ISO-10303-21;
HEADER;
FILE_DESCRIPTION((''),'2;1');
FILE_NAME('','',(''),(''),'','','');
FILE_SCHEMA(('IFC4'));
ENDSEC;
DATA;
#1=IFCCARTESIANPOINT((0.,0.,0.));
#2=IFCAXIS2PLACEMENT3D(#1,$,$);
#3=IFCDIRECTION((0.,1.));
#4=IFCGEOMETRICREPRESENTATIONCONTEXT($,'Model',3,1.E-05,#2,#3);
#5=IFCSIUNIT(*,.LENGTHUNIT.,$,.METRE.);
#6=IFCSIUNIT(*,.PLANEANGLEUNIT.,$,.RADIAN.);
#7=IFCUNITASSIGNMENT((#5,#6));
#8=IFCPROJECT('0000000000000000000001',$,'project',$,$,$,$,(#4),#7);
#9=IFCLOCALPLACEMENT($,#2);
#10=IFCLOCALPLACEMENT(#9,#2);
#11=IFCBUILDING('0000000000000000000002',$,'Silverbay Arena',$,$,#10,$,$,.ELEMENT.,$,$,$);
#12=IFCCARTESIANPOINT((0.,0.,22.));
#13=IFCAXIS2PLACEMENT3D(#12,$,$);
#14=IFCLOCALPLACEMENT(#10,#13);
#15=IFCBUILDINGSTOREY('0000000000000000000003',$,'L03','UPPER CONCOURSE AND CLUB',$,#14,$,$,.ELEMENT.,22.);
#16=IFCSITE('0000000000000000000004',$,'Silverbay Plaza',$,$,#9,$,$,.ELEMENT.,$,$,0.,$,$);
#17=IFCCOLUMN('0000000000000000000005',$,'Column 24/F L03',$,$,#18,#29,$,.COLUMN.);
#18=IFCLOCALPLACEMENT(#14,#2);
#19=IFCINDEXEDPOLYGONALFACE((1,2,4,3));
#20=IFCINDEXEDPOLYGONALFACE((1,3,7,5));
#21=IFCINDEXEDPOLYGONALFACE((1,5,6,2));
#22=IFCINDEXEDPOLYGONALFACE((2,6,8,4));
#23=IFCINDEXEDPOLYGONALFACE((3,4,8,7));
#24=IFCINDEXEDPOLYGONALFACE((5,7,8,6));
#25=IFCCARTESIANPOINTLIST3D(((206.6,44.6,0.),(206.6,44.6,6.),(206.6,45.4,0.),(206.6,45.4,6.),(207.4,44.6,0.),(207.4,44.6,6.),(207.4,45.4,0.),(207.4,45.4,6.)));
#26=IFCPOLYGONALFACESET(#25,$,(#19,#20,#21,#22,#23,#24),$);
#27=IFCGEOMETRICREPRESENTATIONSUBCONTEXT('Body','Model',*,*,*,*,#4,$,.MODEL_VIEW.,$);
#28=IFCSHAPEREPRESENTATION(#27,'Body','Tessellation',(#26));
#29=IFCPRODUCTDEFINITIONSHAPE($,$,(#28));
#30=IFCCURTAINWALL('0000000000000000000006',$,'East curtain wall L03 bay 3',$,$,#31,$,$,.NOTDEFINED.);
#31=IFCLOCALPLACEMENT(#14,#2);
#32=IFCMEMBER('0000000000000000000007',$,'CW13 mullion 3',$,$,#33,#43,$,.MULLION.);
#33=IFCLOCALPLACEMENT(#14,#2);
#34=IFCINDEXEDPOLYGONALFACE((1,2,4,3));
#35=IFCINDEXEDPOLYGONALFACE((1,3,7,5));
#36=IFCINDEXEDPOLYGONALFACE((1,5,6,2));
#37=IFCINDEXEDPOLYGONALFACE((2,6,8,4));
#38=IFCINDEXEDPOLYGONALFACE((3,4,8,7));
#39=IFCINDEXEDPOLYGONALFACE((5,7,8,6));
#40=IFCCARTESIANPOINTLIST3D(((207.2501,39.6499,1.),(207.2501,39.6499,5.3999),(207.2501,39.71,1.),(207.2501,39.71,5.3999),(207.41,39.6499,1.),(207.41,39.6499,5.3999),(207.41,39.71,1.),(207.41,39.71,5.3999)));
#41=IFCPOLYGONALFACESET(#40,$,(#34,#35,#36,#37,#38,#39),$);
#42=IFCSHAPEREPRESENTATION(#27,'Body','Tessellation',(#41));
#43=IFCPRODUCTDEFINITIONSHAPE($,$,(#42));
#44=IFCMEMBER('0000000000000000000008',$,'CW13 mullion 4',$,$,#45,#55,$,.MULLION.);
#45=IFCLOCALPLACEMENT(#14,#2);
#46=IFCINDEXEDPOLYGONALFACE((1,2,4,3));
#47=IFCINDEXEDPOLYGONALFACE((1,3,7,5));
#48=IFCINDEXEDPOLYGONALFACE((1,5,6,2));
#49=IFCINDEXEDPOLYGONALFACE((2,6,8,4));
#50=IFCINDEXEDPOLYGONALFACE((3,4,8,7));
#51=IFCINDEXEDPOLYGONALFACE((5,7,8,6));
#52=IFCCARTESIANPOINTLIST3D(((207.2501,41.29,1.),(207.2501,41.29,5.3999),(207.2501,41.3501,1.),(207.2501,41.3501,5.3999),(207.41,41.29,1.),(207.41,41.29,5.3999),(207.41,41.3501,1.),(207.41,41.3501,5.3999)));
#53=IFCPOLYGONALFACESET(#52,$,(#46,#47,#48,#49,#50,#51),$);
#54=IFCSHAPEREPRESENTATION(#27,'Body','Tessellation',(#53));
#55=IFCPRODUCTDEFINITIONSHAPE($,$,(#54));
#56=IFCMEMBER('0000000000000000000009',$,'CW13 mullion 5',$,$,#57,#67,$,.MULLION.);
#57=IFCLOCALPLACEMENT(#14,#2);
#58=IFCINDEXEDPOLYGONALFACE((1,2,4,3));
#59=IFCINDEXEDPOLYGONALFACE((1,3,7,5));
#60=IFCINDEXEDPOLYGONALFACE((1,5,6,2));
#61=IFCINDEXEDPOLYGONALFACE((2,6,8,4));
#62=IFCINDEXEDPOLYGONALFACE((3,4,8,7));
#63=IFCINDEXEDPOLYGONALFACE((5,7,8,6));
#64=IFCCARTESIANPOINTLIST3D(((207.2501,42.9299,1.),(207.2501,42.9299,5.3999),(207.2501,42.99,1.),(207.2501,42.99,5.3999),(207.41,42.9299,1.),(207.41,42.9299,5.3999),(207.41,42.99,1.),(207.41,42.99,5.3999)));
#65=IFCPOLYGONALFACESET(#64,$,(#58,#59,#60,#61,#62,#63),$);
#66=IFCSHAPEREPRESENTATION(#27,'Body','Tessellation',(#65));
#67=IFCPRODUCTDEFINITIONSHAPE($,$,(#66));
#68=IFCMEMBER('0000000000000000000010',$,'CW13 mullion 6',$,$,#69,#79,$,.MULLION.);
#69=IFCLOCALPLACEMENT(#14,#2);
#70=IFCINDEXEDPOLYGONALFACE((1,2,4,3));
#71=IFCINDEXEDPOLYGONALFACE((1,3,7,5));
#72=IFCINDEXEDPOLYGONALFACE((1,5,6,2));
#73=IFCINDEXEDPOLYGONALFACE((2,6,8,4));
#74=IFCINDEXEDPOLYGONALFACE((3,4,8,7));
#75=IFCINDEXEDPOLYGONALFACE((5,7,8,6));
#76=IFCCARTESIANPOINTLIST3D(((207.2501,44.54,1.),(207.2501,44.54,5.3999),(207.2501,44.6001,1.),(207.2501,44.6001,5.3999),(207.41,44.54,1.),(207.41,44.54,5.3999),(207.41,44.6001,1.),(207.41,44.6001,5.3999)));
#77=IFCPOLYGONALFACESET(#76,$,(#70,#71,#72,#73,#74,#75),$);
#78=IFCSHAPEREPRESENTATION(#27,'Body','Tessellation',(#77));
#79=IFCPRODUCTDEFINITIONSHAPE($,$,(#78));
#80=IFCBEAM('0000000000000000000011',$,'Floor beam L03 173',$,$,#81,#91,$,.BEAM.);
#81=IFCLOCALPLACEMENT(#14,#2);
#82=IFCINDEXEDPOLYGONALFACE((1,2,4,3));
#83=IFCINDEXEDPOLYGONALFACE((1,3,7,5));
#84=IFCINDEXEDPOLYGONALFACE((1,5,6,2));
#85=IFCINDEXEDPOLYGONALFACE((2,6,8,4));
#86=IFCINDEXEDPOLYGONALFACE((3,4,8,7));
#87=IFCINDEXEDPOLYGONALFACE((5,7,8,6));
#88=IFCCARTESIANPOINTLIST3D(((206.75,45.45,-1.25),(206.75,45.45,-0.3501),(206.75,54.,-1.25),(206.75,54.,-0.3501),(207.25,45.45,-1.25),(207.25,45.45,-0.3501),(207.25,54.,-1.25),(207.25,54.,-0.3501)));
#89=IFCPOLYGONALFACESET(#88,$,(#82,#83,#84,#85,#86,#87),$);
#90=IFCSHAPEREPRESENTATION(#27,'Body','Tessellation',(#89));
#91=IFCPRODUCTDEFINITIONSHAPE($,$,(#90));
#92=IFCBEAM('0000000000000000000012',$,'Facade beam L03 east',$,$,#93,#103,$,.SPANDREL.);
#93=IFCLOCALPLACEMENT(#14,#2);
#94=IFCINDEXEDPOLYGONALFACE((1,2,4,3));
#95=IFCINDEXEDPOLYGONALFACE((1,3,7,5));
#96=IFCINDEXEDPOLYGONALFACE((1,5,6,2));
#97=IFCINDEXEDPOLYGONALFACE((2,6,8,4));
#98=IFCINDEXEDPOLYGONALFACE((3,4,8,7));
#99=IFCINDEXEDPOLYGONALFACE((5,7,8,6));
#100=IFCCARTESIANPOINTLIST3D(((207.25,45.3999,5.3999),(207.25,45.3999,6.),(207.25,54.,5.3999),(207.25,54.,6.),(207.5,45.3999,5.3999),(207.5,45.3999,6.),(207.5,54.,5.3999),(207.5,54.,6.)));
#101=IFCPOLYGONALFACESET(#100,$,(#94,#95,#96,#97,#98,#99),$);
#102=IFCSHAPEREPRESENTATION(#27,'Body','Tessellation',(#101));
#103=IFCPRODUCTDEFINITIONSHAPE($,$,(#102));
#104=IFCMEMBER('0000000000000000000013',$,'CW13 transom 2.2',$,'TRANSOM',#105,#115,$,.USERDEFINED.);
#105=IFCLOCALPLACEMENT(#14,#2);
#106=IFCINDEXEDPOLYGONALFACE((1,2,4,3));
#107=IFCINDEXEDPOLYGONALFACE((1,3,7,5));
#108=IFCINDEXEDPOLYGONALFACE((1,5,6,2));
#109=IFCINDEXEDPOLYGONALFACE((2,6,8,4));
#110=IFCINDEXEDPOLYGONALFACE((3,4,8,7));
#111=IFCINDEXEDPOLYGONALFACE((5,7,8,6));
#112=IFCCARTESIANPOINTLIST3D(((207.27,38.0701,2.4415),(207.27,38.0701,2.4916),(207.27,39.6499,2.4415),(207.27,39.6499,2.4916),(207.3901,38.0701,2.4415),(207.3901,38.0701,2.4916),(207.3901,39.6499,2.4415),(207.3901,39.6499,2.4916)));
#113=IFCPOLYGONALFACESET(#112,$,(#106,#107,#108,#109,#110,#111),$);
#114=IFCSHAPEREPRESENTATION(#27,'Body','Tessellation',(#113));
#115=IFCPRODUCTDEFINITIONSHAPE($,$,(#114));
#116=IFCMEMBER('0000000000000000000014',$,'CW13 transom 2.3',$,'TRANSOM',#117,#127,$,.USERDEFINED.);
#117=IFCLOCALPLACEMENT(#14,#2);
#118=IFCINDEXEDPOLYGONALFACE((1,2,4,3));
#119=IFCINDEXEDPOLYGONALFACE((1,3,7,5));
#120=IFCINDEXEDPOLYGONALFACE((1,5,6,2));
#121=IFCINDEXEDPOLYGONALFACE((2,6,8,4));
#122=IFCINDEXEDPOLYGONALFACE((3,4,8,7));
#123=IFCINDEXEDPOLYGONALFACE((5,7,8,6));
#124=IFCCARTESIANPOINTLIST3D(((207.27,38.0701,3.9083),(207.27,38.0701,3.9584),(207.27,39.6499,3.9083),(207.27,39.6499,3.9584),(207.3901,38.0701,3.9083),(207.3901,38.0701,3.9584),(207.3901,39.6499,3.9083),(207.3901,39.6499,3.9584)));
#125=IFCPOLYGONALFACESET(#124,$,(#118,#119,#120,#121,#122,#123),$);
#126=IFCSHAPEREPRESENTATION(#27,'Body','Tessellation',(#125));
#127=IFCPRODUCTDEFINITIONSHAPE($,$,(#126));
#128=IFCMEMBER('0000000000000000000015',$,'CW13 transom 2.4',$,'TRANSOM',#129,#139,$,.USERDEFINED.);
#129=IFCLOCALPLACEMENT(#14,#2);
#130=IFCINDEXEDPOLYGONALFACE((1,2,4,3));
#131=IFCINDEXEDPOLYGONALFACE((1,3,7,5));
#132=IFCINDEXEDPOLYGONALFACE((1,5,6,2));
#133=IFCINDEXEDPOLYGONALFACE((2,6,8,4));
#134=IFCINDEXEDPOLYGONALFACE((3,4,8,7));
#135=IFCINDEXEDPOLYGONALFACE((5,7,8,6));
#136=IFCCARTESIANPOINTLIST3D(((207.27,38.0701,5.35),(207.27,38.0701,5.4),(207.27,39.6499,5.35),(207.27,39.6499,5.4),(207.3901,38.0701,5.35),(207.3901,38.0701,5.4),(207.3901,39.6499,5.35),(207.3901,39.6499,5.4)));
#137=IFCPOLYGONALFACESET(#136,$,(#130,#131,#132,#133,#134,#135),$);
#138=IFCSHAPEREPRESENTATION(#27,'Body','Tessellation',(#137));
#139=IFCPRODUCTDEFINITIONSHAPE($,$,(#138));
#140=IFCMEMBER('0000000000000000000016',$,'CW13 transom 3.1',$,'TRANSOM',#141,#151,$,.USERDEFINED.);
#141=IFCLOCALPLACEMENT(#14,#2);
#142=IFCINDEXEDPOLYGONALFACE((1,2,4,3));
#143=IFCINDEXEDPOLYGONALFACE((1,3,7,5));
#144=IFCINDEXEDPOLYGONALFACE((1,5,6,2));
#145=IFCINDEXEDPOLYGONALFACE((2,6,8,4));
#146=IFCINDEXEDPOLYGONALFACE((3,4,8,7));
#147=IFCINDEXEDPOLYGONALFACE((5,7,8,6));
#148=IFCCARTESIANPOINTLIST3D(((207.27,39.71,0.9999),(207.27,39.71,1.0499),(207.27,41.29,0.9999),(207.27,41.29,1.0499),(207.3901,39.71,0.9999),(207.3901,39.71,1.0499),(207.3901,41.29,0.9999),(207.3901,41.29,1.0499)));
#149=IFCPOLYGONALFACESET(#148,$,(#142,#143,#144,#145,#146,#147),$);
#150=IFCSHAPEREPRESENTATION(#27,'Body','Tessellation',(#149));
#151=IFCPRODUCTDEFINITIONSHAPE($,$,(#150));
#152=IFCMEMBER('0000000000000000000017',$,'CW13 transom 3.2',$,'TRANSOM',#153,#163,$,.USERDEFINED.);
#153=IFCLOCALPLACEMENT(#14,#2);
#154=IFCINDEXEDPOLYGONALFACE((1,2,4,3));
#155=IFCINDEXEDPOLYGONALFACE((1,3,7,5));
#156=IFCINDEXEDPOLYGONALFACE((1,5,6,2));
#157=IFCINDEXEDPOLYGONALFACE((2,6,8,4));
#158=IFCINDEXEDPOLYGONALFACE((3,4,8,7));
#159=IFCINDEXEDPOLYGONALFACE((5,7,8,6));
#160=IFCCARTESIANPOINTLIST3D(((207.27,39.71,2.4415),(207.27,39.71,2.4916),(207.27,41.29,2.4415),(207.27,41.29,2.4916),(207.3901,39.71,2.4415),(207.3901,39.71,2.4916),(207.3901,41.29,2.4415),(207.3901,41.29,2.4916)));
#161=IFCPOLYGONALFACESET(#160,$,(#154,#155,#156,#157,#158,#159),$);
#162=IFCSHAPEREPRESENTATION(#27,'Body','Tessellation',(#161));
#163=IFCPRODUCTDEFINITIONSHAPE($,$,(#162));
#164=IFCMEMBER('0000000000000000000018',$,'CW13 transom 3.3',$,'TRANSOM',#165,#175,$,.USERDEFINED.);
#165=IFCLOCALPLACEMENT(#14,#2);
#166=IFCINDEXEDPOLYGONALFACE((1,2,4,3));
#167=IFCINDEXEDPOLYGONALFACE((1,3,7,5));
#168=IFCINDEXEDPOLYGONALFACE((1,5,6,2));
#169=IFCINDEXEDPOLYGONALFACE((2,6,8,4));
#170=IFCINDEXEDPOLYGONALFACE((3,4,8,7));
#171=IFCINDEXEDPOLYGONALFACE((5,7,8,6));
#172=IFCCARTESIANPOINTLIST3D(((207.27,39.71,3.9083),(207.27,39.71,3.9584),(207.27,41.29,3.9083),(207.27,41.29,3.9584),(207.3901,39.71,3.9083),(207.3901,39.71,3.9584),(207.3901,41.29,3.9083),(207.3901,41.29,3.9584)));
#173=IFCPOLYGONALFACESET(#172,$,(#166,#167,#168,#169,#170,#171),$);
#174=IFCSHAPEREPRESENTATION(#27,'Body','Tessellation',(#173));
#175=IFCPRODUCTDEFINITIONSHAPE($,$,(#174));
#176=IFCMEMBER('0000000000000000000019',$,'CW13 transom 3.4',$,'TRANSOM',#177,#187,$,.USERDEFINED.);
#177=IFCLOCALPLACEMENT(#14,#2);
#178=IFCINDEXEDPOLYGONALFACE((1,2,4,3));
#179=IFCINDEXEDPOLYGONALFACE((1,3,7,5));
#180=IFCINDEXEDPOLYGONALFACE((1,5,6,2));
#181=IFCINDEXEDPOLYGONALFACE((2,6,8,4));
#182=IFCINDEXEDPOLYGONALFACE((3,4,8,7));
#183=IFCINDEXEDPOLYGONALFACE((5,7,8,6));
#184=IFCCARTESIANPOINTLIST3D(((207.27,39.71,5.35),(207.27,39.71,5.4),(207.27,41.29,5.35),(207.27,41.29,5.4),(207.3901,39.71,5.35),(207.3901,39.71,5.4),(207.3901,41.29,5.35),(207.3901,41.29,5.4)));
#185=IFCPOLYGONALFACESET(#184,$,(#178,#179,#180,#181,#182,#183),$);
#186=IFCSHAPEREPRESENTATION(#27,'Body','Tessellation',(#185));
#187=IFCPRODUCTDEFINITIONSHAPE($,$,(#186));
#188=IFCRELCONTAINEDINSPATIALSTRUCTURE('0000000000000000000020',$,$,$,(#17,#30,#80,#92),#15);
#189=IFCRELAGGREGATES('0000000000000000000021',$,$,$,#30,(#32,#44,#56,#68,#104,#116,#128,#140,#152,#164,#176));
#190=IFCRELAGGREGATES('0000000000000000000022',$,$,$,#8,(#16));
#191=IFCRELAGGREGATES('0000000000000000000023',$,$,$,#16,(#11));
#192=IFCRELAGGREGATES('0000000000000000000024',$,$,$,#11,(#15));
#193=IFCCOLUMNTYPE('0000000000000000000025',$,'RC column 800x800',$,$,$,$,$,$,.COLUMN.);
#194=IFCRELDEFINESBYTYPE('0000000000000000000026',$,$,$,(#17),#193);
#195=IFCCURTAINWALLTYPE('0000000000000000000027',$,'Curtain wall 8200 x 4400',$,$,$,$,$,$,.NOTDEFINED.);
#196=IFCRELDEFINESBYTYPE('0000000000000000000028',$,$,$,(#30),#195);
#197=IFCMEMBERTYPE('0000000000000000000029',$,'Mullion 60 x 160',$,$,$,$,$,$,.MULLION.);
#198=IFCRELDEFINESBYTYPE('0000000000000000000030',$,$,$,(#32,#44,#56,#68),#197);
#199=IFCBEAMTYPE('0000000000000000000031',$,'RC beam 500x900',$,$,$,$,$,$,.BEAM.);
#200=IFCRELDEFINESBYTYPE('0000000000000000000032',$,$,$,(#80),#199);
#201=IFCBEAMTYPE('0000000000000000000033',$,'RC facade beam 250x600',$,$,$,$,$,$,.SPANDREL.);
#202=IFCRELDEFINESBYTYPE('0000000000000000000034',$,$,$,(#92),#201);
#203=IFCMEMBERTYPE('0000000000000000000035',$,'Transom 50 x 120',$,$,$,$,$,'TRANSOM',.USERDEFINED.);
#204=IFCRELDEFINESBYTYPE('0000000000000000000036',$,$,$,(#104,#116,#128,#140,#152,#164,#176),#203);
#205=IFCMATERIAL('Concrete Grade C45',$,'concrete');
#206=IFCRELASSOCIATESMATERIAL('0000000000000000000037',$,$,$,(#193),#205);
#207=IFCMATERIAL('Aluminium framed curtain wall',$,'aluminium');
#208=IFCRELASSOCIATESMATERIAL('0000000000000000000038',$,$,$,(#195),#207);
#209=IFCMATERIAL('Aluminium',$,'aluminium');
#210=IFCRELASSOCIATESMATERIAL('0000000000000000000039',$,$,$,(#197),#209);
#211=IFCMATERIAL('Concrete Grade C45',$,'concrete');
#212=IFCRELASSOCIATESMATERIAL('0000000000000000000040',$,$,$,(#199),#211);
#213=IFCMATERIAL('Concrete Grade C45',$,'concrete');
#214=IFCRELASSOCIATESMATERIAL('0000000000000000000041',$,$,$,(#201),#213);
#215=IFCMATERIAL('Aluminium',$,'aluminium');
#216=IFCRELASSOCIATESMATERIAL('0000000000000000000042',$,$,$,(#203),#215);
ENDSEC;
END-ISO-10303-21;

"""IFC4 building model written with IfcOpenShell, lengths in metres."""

from ifc_helpers import new_model, si_unit, direction, frame, origin, origin_2d, place, context, subcontext, project, spatial, rectangle, extrude, material, material_profile, profile_set, type_object, element, aggregate, save


model = new_model("IFC4")

# Units and contexts
model_context = context("Model", 3, precision=1e-05, world=origin(), true_north=direction((0.0, 1.0)))
body_context = subcontext(model_context, "Body", "Model", "MODEL_VIEW")
ifc_project = project(units=[si_unit("LENGTHUNIT", "METRE"), si_unit("PLANEANGLEUNIT", "RADIAN")], contexts=[model_context])

# Site, building, storey
site_placement = place(None, origin())
site = spatial("IfcSite", under=ifc_project, at=site_placement, Name="Silverbay Plaza", CompositionType="ELEMENT", RefElevation=0.0)
building_placement = place(site_placement, origin())
building = spatial("IfcBuilding", under=site, at=building_placement, Name="Silverbay Arena", CompositionType="ELEMENT")
storey_placement = place(building_placement, frame((0.0, 0.0, 22.0)))
storey = spatial("IfcBuildingStorey", under=building, at=storey_placement, Name="L03", Description="UPPER CONCOURSE AND CLUB", CompositionType="ELEMENT", Elevation=22.0)

# Column
ifc_material_1 = material(Name="Concrete Grade C45", Category="concrete")
ifc_material_profile_1 = material_profile(ifc_material_1, rectangle(XDim=0.8, YDim=0.8, at=origin_2d()), Name="RC 800x800")
ifc_profile_set_1 = profile_set([ifc_material_profile_1], Name="Concrete Grade C45")
column_type = type_object("IfcColumnType", Name="RC column 800x800", PredefinedType="COLUMN", material=ifc_profile_set_1)
column_placement = place(storey_placement, frame((207.0, 45.0, 0.0), z_axis=(0.0, 0.0, 1.0), x_axis=(1.0, 0.0, 0.0)))
element("IfcColumn", 1, at=column_placement, inside=storey, type_object=column_type, Name="Column 24/F L03", PredefinedType="COLUMN", context=body_context, shape_type="SweptSolid", body=[
    extrude(rectangle(XDim=0.8, YDim=0.8, at=origin_2d()), origin(), (0.0, 0.0, 1.0), 6.0),
])

# Curtain wall, members
ifc_material_2 = material(Name="Aluminium framed curtain wall", Category="aluminium")
curtain_wall_type = type_object("IfcCurtainWallType", Name="Curtain wall 8200 x 4400", PredefinedType="NOTDEFINED", material=ifc_material_2)
curtain_wall_placement = place(storey_placement, origin())
curtain_wall = element("IfcCurtainWall", 2, at=curtain_wall_placement, inside=storey, type_object=curtain_wall_type, Name="East curtain wall L03 bay 3", PredefinedType="NOTDEFINED")
ifc_material_3 = material(Name="Aluminium", Category="aluminium")
ifc_material_profile_2 = material_profile(ifc_material_3, rectangle(XDim=0.1599, YDim=0.0601, at=origin_2d()), Name="Mullion 60 x 160")
ifc_profile_set_2 = profile_set([ifc_material_profile_2], Name="Aluminium")
member_type_1 = type_object("IfcMemberType", Name="Mullion 60 x 160", PredefinedType="MULLION", material=ifc_profile_set_2)
member_1_placement = place(storey_placement, frame((207.3301, 39.6799, 1.0), z_axis=(0.0, 0.0, 1.0), x_axis=(-1.0, 0.0, 0.0)))
member_1 = element("IfcMember", 3, at=member_1_placement, type_object=member_type_1, Name="CW13 mullion 3", PredefinedType="MULLION", context=body_context, shape_type="SweptSolid", body=[
    extrude(rectangle(XDim=0.1599, YDim=0.0601, at=origin_2d()), origin(), (0.0, 0.0, 1.0), 4.3999),
])
member_2_placement = place(storey_placement, frame((207.3301, 41.3201, 1.0), z_axis=(0.0, 0.0, 1.0), x_axis=(-1.0, 0.0, 0.0)))
member_2 = element("IfcMember", 4, at=member_2_placement, type_object=member_type_1, Name="CW13 mullion 4", PredefinedType="MULLION", context=body_context, shape_type="SweptSolid", body=[
    extrude(rectangle(XDim=0.1599, YDim=0.0601, at=origin_2d()), origin(), (0.0, 0.0, 1.0), 4.3999),
])
member_3_placement = place(storey_placement, frame((207.3301, 42.96, 1.0), z_axis=(0.0, 0.0, 1.0), x_axis=(-1.0, 0.0, 0.0)))
member_3 = element("IfcMember", 5, at=member_3_placement, type_object=member_type_1, Name="CW13 mullion 5", PredefinedType="MULLION", context=body_context, shape_type="SweptSolid", body=[
    extrude(rectangle(XDim=0.1599, YDim=0.0601, at=origin_2d()), origin(), (0.0, 0.0, 1.0), 4.3999),
])
member_4_placement = place(storey_placement, frame((207.3301, 44.5701, 1.0), z_axis=(0.0, 0.0, 1.0), x_axis=(-1.0, 0.0, 0.0)))
member_4 = element("IfcMember", 6, at=member_4_placement, type_object=member_type_1, Name="CW13 mullion 6", PredefinedType="MULLION", context=body_context, shape_type="SweptSolid", body=[
    extrude(rectangle(XDim=0.1599, YDim=0.0601, at=origin_2d()), origin(), (0.0, 0.0, 1.0), 4.3999),
])

# Beams
ifc_material_4 = material(Name="Concrete Grade C45", Category="concrete")
ifc_material_profile_3 = material_profile(ifc_material_4, rectangle(XDim=0.5, YDim=0.8999, at=origin_2d()), Name="RC 500x900")
ifc_profile_set_3 = profile_set([ifc_material_profile_3], Name="Concrete Grade C45")
beam_type_1 = type_object("IfcBeamType", Name="RC beam 500x900", PredefinedType="BEAM", material=ifc_profile_set_3)
beam_1_placement = place(storey_placement, frame((207.0, 45.45, -0.8), z_axis=(0.0, 1.0, 0.0), x_axis=(-1.0, 0.0, 0.0)))
element("IfcBeam", 7, at=beam_1_placement, inside=storey, type_object=beam_type_1, Name="Floor beam L03 173", PredefinedType="BEAM", context=body_context, shape_type="SweptSolid", body=[
    extrude(rectangle(XDim=0.5, YDim=0.8999, at=origin_2d()), origin(), (0.0, 0.0, 1.0), 8.55),
])
ifc_material_5 = material(Name="Concrete Grade C45", Category="concrete")
ifc_material_profile_4 = material_profile(ifc_material_5, rectangle(XDim=0.25, YDim=0.6001, at=origin_2d()), Name="RC 250x600")
ifc_profile_set_4 = profile_set([ifc_material_profile_4], Name="Concrete Grade C45")
beam_type_2 = type_object("IfcBeamType", Name="RC facade beam 250x600", PredefinedType="SPANDREL", material=ifc_profile_set_4)
beam_2_placement = place(storey_placement, frame((207.375, 45.3999, 5.7), z_axis=(0.0, 1.0, 0.0), x_axis=(-1.0, 0.0, 0.0)))
element("IfcBeam", 8, at=beam_2_placement, inside=storey, type_object=beam_type_2, Name="Facade beam L03 east", PredefinedType="SPANDREL", context=body_context, shape_type="SweptSolid", body=[
    extrude(rectangle(XDim=0.25, YDim=0.6001, at=origin_2d()), origin(), (0.0, 0.0, 1.0), 8.6001),
])

# Members
ifc_material_6 = material(Name="Aluminium", Category="aluminium")
ifc_material_profile_5 = material_profile(ifc_material_6, rectangle(XDim=0.1201, YDim=0.05, at=origin_2d()), Name="Transom 50 x 120")
ifc_profile_set_5 = profile_set([ifc_material_profile_5], Name="Aluminium")
member_type_2 = type_object("IfcMemberType", Name="Transom 50 x 120", ElementType="TRANSOM", PredefinedType="USERDEFINED", material=ifc_profile_set_5)
member_5_placement = place(storey_placement, frame((207.3301, 38.0701, 2.4666), z_axis=(0.0, 1.0, 0.0), x_axis=(-1.0, 0.0, 0.0)))
member_5 = element("IfcMember", 9, at=member_5_placement, type_object=member_type_2, Name="CW13 transom 2.2", ObjectType="TRANSOM", PredefinedType="USERDEFINED", context=body_context, shape_type="SweptSolid", body=[
    extrude(rectangle(XDim=0.1201, YDim=0.05, at=origin_2d()), origin(), (0.0, 0.0, 1.0), 1.5798),
])
member_6_placement = place(storey_placement, frame((207.3301, 38.0701, 3.9333), z_axis=(0.0, 1.0, 0.0), x_axis=(-1.0, 0.0, 0.0)))
member_6 = element("IfcMember", 10, at=member_6_placement, type_object=member_type_2, Name="CW13 transom 2.3", ObjectType="TRANSOM", PredefinedType="USERDEFINED", context=body_context, shape_type="SweptSolid", body=[
    extrude(rectangle(XDim=0.1201, YDim=0.05, at=origin_2d()), origin(), (0.0, 0.0, 1.0), 1.5798),
])
member_7_placement = place(storey_placement, frame((207.3301, 38.0701, 5.375), z_axis=(0.0, 1.0, 0.0), x_axis=(-1.0, 0.0, 0.0)))
member_7 = element("IfcMember", 11, at=member_7_placement, type_object=member_type_2, Name="CW13 transom 2.4", ObjectType="TRANSOM", PredefinedType="USERDEFINED", context=body_context, shape_type="SweptSolid", body=[
    extrude(rectangle(XDim=0.1201, YDim=0.05, at=origin_2d()), origin(), (0.0, 0.0, 1.0), 1.5798),
])
member_8_placement = place(storey_placement, frame((207.3301, 39.71, 1.0249), z_axis=(0.0, 1.0, 0.0), x_axis=(-1.0, 0.0, 0.0)))
member_8 = element("IfcMember", 12, at=member_8_placement, type_object=member_type_2, Name="CW13 transom 3.1", ObjectType="TRANSOM", PredefinedType="USERDEFINED", context=body_context, shape_type="SweptSolid", body=[
    extrude(rectangle(XDim=0.1201, YDim=0.05, at=origin_2d()), origin(), (0.0, 0.0, 1.0), 1.5801),
])
member_9_placement = place(storey_placement, frame((207.3301, 39.71, 2.4666), z_axis=(0.0, 1.0, 0.0), x_axis=(-1.0, 0.0, 0.0)))
member_9 = element("IfcMember", 13, at=member_9_placement, type_object=member_type_2, Name="CW13 transom 3.2", ObjectType="TRANSOM", PredefinedType="USERDEFINED", context=body_context, shape_type="SweptSolid", body=[
    extrude(rectangle(XDim=0.1201, YDim=0.05, at=origin_2d()), origin(), (0.0, 0.0, 1.0), 1.5801),
])
member_10_placement = place(storey_placement, frame((207.3301, 39.71, 3.9333), z_axis=(0.0, 1.0, 0.0), x_axis=(-1.0, 0.0, 0.0)))
member_10 = element("IfcMember", 14, at=member_10_placement, type_object=member_type_2, Name="CW13 transom 3.3", ObjectType="TRANSOM", PredefinedType="USERDEFINED", context=body_context, shape_type="SweptSolid", body=[
    extrude(rectangle(XDim=0.1201, YDim=0.05, at=origin_2d()), origin(), (0.0, 0.0, 1.0), 1.5801),
])
member_11_placement = place(storey_placement, frame((207.3301, 39.71, 5.375), z_axis=(0.0, 1.0, 0.0), x_axis=(-1.0, 0.0, 0.0)))
member_11 = element("IfcMember", 15, at=member_11_placement, type_object=member_type_2, Name="CW13 transom 3.4", ObjectType="TRANSOM", PredefinedType="USERDEFINED", context=body_context, shape_type="SweptSolid", body=[
    extrude(rectangle(XDim=0.1201, YDim=0.05, at=origin_2d()), origin(), (0.0, 0.0, 1.0), 1.5801),
])

aggregate(curtain_wall, [member_1, member_2, member_3, member_4, member_5, member_6, member_7, member_8, member_9, member_10, member_11])

save(model, "model.ifc")
